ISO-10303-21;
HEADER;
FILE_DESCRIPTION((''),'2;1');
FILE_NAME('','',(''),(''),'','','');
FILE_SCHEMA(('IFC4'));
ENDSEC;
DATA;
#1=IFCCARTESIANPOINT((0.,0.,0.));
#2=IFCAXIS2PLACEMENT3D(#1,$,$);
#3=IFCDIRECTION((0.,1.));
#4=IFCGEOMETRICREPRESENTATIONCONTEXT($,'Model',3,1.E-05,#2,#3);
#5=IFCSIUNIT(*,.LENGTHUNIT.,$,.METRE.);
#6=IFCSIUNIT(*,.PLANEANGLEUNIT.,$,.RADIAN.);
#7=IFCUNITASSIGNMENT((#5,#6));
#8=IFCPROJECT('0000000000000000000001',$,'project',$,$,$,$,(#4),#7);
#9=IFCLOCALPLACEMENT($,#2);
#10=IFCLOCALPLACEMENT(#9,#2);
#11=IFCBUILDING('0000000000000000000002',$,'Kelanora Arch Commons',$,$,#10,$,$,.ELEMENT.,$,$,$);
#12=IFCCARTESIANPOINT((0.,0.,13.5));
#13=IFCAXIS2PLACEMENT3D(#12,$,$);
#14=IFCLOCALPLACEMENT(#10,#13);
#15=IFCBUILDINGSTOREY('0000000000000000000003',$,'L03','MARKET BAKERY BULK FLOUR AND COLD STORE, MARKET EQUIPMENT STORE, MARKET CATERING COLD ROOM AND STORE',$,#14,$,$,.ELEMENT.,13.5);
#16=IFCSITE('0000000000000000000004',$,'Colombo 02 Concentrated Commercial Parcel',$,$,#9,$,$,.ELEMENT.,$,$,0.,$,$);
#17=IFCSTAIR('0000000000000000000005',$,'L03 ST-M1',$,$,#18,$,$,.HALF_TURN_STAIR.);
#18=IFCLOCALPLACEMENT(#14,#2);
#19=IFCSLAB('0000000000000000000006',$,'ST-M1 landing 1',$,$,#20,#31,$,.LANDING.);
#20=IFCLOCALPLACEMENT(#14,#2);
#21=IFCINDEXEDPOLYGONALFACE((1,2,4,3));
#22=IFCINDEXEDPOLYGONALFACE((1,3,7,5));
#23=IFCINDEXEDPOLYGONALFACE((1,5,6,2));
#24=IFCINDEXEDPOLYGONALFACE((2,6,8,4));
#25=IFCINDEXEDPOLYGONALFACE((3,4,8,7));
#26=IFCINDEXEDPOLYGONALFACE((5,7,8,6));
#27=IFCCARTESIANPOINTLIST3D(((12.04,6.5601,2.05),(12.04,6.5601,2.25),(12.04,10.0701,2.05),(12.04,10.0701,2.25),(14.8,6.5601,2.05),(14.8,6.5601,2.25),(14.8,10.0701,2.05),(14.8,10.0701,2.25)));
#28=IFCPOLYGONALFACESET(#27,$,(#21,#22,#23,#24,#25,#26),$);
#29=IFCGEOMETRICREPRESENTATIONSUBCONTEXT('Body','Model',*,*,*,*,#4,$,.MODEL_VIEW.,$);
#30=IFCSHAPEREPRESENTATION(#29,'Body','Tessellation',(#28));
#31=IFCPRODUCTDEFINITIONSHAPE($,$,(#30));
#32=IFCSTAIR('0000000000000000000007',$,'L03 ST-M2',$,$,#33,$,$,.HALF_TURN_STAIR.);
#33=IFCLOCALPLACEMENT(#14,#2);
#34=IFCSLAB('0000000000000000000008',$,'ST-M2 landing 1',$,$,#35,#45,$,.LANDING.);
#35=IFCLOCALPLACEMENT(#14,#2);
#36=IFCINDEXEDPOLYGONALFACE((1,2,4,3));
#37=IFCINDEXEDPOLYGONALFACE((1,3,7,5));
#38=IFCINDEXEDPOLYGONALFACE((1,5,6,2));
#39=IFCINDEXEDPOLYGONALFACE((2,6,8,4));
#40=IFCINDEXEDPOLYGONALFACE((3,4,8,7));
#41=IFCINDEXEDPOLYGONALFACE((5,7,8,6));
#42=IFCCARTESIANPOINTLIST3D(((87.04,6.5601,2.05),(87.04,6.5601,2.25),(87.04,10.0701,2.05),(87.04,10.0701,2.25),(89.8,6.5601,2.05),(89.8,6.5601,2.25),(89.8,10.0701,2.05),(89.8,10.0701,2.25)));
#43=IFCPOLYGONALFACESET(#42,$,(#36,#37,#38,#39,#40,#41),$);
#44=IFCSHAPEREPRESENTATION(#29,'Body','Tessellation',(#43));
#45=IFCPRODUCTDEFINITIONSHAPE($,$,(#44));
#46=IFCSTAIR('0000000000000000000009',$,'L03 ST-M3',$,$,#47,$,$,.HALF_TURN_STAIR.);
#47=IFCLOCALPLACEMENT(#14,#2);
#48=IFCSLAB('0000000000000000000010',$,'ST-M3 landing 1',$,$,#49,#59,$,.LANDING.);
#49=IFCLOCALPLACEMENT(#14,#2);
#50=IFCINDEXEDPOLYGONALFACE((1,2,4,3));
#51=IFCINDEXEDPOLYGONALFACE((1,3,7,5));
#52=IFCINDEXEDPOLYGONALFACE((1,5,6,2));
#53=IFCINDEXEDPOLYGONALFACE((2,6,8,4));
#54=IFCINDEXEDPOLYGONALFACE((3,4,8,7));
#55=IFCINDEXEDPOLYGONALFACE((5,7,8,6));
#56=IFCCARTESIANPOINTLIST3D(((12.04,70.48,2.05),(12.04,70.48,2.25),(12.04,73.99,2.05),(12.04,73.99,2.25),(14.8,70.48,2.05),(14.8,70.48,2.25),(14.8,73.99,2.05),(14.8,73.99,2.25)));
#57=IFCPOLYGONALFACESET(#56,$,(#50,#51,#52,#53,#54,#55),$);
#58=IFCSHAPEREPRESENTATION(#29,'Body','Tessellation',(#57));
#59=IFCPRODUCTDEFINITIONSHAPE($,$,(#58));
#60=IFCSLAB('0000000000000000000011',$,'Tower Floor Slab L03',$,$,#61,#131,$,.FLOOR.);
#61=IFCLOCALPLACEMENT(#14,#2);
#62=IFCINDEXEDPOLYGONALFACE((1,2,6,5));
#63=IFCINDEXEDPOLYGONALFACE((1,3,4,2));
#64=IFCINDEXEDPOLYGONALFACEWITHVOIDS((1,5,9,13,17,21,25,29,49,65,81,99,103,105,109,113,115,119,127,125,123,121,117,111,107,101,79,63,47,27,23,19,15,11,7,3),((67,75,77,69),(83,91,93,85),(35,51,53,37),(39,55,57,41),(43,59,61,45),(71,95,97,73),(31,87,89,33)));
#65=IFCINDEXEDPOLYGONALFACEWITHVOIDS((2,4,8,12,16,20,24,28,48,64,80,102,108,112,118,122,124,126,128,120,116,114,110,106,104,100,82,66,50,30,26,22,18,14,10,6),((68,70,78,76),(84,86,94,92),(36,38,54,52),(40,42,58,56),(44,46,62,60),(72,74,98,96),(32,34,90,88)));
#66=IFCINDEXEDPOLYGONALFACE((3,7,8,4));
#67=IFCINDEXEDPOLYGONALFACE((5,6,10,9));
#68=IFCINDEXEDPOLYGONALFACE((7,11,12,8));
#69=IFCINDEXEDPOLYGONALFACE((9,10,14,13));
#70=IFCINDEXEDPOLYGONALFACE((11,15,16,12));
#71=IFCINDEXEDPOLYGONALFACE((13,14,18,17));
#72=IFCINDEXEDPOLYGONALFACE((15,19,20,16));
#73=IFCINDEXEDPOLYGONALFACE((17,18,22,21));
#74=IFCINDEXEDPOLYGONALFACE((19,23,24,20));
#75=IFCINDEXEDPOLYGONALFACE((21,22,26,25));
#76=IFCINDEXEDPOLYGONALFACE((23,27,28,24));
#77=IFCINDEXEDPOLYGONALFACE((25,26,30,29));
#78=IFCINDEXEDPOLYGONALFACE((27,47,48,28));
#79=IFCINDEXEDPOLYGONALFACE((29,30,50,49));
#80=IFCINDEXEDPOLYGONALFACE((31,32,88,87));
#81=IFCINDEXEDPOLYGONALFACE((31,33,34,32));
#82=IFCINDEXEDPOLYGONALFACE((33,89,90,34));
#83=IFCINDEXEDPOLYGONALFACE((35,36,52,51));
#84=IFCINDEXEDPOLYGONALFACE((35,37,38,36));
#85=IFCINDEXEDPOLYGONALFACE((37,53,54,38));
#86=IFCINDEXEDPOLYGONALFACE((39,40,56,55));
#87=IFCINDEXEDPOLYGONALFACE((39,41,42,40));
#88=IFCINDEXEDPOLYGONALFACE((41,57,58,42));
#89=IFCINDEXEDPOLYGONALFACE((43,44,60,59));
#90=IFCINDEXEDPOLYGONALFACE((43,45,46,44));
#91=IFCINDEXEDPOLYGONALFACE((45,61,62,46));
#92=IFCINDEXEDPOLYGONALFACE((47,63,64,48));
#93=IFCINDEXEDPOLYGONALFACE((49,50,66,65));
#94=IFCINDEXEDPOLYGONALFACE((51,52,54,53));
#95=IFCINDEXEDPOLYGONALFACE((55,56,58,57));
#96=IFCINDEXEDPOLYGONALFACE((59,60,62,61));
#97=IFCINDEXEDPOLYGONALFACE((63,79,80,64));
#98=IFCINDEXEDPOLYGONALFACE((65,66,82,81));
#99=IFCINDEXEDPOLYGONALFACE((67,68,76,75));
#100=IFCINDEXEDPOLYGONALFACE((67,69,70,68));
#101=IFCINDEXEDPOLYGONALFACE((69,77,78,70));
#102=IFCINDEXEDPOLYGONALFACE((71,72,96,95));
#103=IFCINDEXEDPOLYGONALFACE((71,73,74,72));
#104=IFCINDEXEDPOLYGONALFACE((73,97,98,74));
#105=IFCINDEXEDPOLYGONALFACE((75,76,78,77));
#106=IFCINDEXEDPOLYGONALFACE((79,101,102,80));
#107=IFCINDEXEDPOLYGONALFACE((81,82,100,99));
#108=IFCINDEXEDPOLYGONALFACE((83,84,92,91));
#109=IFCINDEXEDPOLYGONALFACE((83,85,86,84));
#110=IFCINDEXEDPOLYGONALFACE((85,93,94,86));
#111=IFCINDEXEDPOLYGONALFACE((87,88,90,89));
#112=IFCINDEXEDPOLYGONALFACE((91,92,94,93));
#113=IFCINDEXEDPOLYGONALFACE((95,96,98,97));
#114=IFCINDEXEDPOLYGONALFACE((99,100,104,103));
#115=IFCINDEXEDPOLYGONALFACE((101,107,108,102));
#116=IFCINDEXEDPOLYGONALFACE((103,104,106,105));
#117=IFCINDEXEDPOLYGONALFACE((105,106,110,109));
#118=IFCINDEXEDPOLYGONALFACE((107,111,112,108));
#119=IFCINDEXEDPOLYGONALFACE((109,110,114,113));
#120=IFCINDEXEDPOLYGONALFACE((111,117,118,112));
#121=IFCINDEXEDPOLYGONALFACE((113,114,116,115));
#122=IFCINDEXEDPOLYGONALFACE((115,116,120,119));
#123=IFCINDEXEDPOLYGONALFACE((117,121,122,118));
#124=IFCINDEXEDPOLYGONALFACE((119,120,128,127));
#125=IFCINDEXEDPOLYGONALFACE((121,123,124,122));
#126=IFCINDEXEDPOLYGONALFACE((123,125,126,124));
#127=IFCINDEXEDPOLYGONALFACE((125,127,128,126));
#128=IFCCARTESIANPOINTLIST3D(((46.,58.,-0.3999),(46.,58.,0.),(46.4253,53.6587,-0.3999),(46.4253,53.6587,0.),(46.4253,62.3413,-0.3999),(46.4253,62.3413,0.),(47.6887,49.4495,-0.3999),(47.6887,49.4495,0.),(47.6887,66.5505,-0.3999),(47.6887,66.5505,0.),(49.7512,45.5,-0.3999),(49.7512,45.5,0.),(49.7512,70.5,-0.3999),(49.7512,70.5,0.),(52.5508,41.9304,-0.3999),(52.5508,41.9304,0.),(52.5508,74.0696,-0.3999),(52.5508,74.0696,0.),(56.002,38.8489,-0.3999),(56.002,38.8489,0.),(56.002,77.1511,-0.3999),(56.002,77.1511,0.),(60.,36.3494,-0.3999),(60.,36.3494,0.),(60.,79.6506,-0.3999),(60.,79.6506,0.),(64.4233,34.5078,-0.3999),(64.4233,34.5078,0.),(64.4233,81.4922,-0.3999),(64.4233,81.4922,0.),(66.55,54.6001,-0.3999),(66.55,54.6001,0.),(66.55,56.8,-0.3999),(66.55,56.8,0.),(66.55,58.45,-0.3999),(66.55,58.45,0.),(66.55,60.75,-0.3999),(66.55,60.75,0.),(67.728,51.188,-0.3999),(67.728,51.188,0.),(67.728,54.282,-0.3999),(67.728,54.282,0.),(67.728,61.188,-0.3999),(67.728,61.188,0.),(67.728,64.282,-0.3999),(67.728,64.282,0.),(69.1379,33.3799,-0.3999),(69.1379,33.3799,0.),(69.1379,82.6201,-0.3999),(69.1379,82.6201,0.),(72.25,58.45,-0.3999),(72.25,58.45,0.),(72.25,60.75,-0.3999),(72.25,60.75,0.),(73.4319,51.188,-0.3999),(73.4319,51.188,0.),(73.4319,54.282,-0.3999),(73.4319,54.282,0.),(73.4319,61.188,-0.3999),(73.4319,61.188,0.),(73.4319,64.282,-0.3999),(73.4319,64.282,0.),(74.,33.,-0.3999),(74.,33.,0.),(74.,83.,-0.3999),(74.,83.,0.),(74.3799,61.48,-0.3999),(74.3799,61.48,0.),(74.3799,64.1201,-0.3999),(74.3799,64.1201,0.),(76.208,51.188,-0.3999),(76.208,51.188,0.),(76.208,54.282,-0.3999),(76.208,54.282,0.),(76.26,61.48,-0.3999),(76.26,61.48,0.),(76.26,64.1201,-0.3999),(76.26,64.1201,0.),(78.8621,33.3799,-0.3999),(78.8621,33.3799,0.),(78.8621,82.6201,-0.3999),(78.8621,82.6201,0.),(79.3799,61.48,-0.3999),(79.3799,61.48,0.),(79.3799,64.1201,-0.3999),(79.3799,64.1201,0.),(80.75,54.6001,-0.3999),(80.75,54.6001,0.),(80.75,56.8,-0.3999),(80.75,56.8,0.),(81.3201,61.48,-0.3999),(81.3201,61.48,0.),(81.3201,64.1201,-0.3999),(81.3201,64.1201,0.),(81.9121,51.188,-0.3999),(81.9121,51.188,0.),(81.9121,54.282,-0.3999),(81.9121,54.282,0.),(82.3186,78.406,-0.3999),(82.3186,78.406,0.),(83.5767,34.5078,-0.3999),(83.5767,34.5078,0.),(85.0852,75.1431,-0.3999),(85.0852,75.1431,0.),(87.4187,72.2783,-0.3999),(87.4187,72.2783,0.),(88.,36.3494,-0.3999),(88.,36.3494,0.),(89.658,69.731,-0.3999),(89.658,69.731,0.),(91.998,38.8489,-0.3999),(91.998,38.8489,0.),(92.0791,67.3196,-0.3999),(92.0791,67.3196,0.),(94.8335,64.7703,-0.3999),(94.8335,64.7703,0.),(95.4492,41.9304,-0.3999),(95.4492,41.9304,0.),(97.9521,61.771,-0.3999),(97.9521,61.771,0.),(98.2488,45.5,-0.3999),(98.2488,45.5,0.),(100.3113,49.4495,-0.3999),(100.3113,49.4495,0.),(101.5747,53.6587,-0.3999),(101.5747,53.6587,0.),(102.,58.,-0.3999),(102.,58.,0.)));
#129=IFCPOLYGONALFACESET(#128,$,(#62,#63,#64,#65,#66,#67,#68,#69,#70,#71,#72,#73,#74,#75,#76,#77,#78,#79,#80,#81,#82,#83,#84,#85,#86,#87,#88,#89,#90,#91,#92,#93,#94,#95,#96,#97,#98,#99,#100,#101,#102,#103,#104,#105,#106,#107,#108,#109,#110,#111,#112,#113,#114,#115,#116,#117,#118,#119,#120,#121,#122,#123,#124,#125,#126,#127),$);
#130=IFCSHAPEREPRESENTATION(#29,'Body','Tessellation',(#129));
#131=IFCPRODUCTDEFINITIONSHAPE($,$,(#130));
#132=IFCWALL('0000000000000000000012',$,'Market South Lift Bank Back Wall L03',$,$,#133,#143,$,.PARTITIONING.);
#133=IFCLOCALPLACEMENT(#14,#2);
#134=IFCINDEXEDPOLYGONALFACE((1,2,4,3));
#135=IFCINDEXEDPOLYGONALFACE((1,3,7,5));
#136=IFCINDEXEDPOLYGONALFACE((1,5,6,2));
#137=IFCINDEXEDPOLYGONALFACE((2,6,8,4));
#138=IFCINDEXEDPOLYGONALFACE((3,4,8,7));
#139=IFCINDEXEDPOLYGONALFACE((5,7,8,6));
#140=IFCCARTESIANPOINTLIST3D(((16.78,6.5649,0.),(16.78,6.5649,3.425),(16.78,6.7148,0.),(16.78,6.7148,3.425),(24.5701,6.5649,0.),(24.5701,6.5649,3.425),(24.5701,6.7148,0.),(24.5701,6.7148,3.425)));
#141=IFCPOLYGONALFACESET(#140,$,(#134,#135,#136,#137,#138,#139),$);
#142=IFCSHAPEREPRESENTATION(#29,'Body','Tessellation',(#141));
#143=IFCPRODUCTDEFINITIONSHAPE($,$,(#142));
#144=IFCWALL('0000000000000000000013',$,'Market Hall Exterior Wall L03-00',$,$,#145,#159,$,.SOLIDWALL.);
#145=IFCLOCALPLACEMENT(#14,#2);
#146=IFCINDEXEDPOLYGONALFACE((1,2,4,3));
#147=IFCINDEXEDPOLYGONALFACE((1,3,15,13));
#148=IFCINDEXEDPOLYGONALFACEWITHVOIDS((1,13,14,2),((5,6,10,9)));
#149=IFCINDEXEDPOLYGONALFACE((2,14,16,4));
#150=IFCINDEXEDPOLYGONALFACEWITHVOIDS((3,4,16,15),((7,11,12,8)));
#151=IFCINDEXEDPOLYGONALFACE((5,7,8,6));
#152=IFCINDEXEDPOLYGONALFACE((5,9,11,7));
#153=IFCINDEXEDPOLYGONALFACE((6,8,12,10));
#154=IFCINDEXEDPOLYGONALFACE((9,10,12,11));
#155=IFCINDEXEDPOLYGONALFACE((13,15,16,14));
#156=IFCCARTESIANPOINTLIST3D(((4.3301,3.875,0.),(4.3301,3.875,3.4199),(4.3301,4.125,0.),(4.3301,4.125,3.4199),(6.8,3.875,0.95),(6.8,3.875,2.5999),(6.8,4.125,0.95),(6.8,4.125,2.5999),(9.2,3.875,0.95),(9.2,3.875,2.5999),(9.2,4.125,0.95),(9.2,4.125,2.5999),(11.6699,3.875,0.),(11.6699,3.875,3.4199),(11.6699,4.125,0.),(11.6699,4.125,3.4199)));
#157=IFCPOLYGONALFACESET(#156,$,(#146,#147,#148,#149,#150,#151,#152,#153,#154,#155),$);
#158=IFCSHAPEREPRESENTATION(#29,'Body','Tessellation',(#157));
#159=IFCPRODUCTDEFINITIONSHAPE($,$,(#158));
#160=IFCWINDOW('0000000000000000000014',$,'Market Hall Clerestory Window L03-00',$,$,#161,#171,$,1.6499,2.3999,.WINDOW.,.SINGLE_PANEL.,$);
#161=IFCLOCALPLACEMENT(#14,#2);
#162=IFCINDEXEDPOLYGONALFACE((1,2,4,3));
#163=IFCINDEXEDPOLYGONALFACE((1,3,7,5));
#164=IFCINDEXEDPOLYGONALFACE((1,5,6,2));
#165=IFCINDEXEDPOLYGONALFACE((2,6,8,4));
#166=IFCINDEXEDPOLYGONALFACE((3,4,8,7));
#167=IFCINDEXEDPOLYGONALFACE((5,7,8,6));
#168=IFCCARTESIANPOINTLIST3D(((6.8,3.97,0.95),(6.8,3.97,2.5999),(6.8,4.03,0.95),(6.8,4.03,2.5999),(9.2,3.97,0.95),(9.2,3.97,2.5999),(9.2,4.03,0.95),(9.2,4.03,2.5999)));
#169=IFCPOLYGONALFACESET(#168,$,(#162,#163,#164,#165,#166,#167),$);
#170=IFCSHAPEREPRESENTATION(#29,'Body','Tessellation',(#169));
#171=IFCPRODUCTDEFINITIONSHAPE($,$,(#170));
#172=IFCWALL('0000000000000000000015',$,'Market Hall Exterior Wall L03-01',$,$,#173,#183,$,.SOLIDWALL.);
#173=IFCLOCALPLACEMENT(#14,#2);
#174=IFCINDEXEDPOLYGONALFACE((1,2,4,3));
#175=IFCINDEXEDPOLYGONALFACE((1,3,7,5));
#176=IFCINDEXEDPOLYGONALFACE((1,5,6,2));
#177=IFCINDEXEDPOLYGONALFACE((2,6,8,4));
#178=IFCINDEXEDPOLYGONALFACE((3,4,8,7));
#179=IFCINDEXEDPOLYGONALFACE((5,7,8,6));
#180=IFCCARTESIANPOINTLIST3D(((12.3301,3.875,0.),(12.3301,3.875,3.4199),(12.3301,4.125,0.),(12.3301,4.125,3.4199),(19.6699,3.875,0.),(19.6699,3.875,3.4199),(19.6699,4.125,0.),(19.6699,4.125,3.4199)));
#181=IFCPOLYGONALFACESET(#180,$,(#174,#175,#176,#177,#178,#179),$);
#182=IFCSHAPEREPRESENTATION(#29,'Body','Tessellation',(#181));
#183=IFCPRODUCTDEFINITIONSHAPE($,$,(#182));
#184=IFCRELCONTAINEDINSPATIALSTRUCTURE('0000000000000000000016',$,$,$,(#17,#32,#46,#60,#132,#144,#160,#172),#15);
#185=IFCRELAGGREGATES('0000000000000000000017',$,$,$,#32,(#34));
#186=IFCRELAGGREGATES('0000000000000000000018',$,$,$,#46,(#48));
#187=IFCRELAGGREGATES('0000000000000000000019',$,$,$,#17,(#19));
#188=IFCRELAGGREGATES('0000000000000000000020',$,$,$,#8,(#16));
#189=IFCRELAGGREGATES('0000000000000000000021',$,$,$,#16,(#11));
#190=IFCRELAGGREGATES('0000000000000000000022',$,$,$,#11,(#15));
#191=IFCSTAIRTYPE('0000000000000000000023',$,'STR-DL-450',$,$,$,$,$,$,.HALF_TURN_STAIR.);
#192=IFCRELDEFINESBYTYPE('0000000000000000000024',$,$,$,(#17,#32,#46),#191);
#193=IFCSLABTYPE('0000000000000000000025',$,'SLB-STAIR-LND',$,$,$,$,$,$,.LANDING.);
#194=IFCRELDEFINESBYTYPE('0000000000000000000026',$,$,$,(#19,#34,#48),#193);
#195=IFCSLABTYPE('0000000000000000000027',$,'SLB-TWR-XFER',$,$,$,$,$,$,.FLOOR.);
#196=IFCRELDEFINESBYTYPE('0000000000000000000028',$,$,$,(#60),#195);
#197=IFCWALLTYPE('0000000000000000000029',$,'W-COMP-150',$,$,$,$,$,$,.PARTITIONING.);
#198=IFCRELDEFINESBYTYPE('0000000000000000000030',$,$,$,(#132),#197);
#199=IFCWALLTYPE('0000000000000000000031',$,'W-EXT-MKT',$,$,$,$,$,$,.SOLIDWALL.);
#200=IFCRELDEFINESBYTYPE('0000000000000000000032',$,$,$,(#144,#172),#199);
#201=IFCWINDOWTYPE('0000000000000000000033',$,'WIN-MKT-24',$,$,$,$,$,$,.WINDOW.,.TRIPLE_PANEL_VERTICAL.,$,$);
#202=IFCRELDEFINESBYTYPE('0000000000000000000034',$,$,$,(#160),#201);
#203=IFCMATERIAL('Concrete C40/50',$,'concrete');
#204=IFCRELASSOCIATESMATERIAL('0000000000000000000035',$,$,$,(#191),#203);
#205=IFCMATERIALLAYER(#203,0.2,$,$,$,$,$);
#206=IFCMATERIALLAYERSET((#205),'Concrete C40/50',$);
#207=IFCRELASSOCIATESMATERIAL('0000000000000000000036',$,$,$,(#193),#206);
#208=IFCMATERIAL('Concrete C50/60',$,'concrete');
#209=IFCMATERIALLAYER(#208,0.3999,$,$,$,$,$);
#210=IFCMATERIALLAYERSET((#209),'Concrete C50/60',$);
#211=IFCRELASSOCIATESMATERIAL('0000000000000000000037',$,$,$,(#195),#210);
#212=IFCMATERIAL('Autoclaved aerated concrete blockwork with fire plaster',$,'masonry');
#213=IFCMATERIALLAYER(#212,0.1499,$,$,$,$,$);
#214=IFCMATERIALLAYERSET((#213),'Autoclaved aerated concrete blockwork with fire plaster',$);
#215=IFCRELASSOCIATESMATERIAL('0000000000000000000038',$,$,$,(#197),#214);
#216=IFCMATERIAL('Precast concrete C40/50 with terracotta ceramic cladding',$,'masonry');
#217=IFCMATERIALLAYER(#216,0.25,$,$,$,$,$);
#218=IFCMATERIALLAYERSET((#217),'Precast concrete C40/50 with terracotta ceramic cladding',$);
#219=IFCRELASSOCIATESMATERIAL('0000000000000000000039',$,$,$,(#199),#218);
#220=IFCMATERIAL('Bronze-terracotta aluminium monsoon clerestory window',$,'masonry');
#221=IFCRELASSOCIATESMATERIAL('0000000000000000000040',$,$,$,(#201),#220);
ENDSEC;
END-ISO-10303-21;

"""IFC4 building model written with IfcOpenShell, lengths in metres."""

from ifc_helpers import new_model, si_unit, direction, frame, frame_2d, origin, place, context, subcontext, project, spatial, polyline, rectangle, outline, extrude, material, layer, layer_set, type_object, element, fill, aggregate, save


model = new_model("IFC4")

# Units and contexts
model_context = context("Model", 3, precision=1e-05, world=origin(), true_north=direction((0.0, 1.0)))
body_context = subcontext(model_context, "Body", "Model", "MODEL_VIEW")
ifc_project = project(units=[si_unit("LENGTHUNIT", "METRE"), si_unit("PLANEANGLEUNIT", "RADIAN")], contexts=[model_context])

# Site, building, storey
site_placement = place(None, origin())
site = spatial("IfcSite", under=ifc_project, at=site_placement, Name="Colombo 02 Concentrated Commercial Parcel", CompositionType="ELEMENT", RefElevation=0.0)
building_placement = place(site_placement, origin())
building = spatial("IfcBuilding", under=site, at=building_placement, Name="Kelanora Arch Commons", CompositionType="ELEMENT")
storey_placement = place(building_placement, frame((0.0, 0.0, 13.5)))
storey = spatial("IfcBuildingStorey", under=building, at=storey_placement, Name="L03", Description="MARKET BAKERY BULK FLOUR AND COLD STORE, MARKET EQUIPMENT STORE, MARKET CATERING COLD ROOM AND STORE", CompositionType="ELEMENT", Elevation=13.5)

# Shared definitions
ifc_material_1 = material(Name="Concrete C50/60", Category="concrete")

# Shared definitions
ifc_material_2 = material(Name="Concrete C40/50", Category="concrete")

# Stairs, slabs
stair_type = type_object("IfcStairType", Name="STR-DL-450", PredefinedType="HALF_TURN_STAIR", material=ifc_material_2)
ifc_layer_1 = layer(ifc_material_2, 0.2)
ifc_layer_set_1 = layer_set([ifc_layer_1], Name="Concrete C40/50")
slab_type_1 = type_object("IfcSlabType", Name="SLB-STAIR-LND", PredefinedType="LANDING", material=ifc_layer_set_1)
stair_1_placement = place(storey_placement, origin())
stair_1 = element("IfcStair", 1, at=stair_1_placement, inside=storey, type_object=stair_type, Name="L03 ST-M1", PredefinedType="HALF_TURN_STAIR")
slab_1_placement = place(storey_placement, frame((0.0, 0.0, 2.05)))
slab_1 = element("IfcSlab", 2, at=slab_1_placement, type_object=slab_type_1, Name="ST-M1 landing 1", PredefinedType="LANDING", context=body_context, shape_type="SweptSolid", body=[
    extrude(outline(polyline([(12.04, 6.5601), (14.8, 6.5601), (14.8, 10.0701), (12.04, 10.0701), (12.04, 6.5601)])), origin(), (0.0, 0.0, 1.0), 0.2),
])
stair_2_placement = place(storey_placement, origin())
stair_2 = element("IfcStair", 3, at=stair_2_placement, inside=storey, type_object=stair_type, Name="L03 ST-M2", PredefinedType="HALF_TURN_STAIR")
slab_2_placement = place(storey_placement, frame((0.0, 0.0, 2.05)))
slab_2 = element("IfcSlab", 4, at=slab_2_placement, type_object=slab_type_1, Name="ST-M2 landing 1", PredefinedType="LANDING", context=body_context, shape_type="SweptSolid", body=[
    extrude(outline(polyline([(87.04, 6.5601), (89.8, 6.5601), (89.8, 10.0701), (87.04, 10.0701), (87.04, 6.5601)])), origin(), (0.0, 0.0, 1.0), 0.2),
])
aggregate(stair_2, [slab_2])
stair_3_placement = place(storey_placement, origin())
stair_3 = element("IfcStair", 5, at=stair_3_placement, inside=storey, type_object=stair_type, Name="L03 ST-M3", PredefinedType="HALF_TURN_STAIR")
slab_3_placement = place(storey_placement, frame((0.0, 0.0, 2.05)))
slab_3 = element("IfcSlab", 6, at=slab_3_placement, type_object=slab_type_1, Name="ST-M3 landing 1", PredefinedType="LANDING", context=body_context, shape_type="SweptSolid", body=[
    extrude(outline(polyline([(12.04, 70.48), (14.8, 70.48), (14.8, 73.99), (12.04, 73.99), (12.04, 70.48)])), origin(), (0.0, 0.0, 1.0), 0.2),
])
aggregate(stair_3, [slab_3])

# Slab
ifc_layer_2 = layer(ifc_material_1, 0.3999)
ifc_layer_set_2 = layer_set([ifc_layer_2], Name="Concrete C50/60")
slab_type_2 = type_object("IfcSlabType", Name="SLB-TWR-XFER", PredefinedType="FLOOR", material=ifc_layer_set_2)
slab_4_placement = place(storey_placement, frame((0.0, 0.0, -0.3999)))
element("IfcSlab", 7, at=slab_4_placement, inside=storey, type_object=slab_type_2, Name="Tower Floor Slab L03", PredefinedType="FLOOR", context=body_context, shape_type="SweptSolid", body=[
    extrude(outline(polyline([(102.0, 58.0), (97.9521, 61.771), (94.8335, 64.7703), (92.0791, 67.3196), (89.658, 69.731), (87.4187, 72.2783), (85.0852, 75.1431), (82.3186, 78.406), (78.8621, 82.6201), (74.0, 83.0), (69.1379, 82.6201), (64.4233, 81.4922), (60.0, 79.6506), (56.002, 77.1511), (52.5508, 74.0696), (49.7512, 70.5), (47.6887, 66.5505), (46.4253, 62.3413), (46.0, 58.0), (46.4253, 53.6587), (47.6887, 49.4495), (49.7512, 45.5), (52.5508, 41.9304), (56.002, 38.8489), (60.0, 36.3494), (64.4233, 34.5078), (69.1379, 33.3799), (74.0, 33.0), (78.8621, 33.3799), (83.5767, 34.5078), (88.0, 36.3494), (91.998, 38.8489), (95.4492, 41.9304), (98.2488, 45.5), (100.3113, 49.4495), (101.5747, 53.6587), (102.0, 58.0)]), holes=[polyline([(73.4319, 51.188), (67.728, 51.188), (67.728, 54.282), (73.4319, 54.282), (73.4319, 51.188)]), polyline([(76.208, 51.188), (76.208, 54.282), (81.9121, 54.282), (81.9121, 51.188), (76.208, 51.188)]), polyline([(66.55, 54.6001), (66.55, 56.8), (80.75, 56.8), (80.75, 54.6001), (66.55, 54.6001)]), polyline([(66.55, 58.45), (66.55, 60.75), (72.25, 60.75), (72.25, 58.45), (66.55, 58.45)]), polyline([(67.728, 61.188), (67.728, 64.282), (73.4319, 64.282), (73.4319, 61.188), (67.728, 61.188)]), polyline([(74.3799, 61.48), (74.3799, 64.1201), (76.26, 64.1201), (76.26, 61.48), (74.3799, 61.48)]), polyline([(79.3799, 61.48), (79.3799, 64.1201), (81.3201, 64.1201), (81.3201, 61.48), (79.3799, 61.48)])]), origin(), (0.0, 0.0, 1.0), 0.3999),
])

# Wall
ifc_material_3 = material(Name="Autoclaved aerated concrete blockwork with fire plaster", Category="masonry")
ifc_layer_3 = layer(ifc_material_3, 0.1499)
ifc_layer_set_3 = layer_set([ifc_layer_3], Name="Autoclaved aerated concrete blockwork with fire plaster")
wall_type_1 = type_object("IfcWallType", Name="W-COMP-150", PredefinedType="PARTITIONING", material=ifc_layer_set_3)
wall_1_placement = place(storey_placement, frame((16.78, 6.6399, 0.0), z_axis=(0.0, 0.0, 1.0), x_axis=(1.0, 0.0, 0.0)))
element("IfcWall", 8, at=wall_1_placement, inside=storey, type_object=wall_type_1, Name="Market South Lift Bank Back Wall L03", PredefinedType="PARTITIONING", context=body_context, shape_type="SweptSolid", body=[
    extrude(rectangle(XDim=7.79, YDim=0.1499, at=frame_2d((3.895, 0.0))), origin(), (0.0, 0.0, 1.0), 3.425),
])

# Wall, opening, window
ifc_material_4 = material(Name="Precast concrete C40/50 with terracotta ceramic cladding", Category="masonry")
ifc_layer_4 = layer(ifc_material_4, 0.25)
ifc_layer_set_4 = layer_set([ifc_layer_4], Name="Precast concrete C40/50 with terracotta ceramic cladding")
wall_type_2 = type_object("IfcWallType", Name="W-EXT-MKT", PredefinedType="SOLIDWALL", material=ifc_layer_set_4)
wall_2_placement = place(storey_placement, frame((4.3301, 4.0, 0.0), z_axis=(0.0, 0.0, 1.0), x_axis=(1.0, 0.0, 0.0)))
wall_2 = element("IfcWall", 9, at=wall_2_placement, inside=storey, type_object=wall_type_2, Name="Market Hall Exterior Wall L03-00", PredefinedType="SOLIDWALL", context=body_context, shape_type="SweptSolid", body=[
    extrude(rectangle(XDim=7.3398, YDim=0.25, at=frame_2d((3.6699, 0.0))), origin(), (0.0, 0.0, 1.0), 3.4199),
])
opening_placement = place(wall_2_placement, frame((2.47, 0.0, 0.95)))
opening = element("IfcOpeningElement", 10, at=opening_placement, cuts=wall_2, PredefinedType="OPENING", context=body_context, shape_type="SweptSolid", body=[
    extrude(rectangle(XDim=2.3999, YDim=1.6499, at=frame_2d((1.2, 0.825))), frame((0.0, 0.135, 0.0), z_axis=(0.0, -1.0, 0.0), x_axis=(1.0, 0.0, 0.0)), (0.0, 0.0, 1.0), 0.27),
])
ifc_material_5 = material(Name="Bronze-terracotta aluminium monsoon clerestory window", Category="masonry")
window_type = type_object("IfcWindowType", Name="WIN-MKT-24", PartitioningType="TRIPLE_PANEL_VERTICAL", PredefinedType="WINDOW", material=ifc_material_5)
window_placement = place(opening_placement, origin())
window = element("IfcWindow", 11, at=window_placement, inside=storey, type_object=window_type, Name="Market Hall Clerestory Window L03-00", OverallHeight=1.6499, OverallWidth=2.3999, PartitioningType="SINGLE_PANEL", PredefinedType="WINDOW", context=body_context, shape_type="SweptSolid", body=[
    extrude(rectangle(XDim=2.3999, YDim=1.6499, at=frame_2d((1.2, 0.825))), frame((0.0, 0.03, 0.0), z_axis=(0.0, -1.0, 0.0), x_axis=(1.0, 0.0, 0.0)), (0.0, 0.0, 1.0), 0.0601),
])
fill(opening, window)

# Wall
wall_3_placement = place(storey_placement, frame((12.3301, 4.0, 0.0), z_axis=(0.0, 0.0, 1.0), x_axis=(1.0, 0.0, 0.0)))
element("IfcWall", 12, at=wall_3_placement, inside=storey, type_object=wall_type_2, Name="Market Hall Exterior Wall L03-01", PredefinedType="SOLIDWALL", context=body_context, shape_type="SweptSolid", body=[
    extrude(rectangle(XDim=7.3398, YDim=0.25, at=frame_2d((3.6699, 0.0))), origin(), (0.0, 0.0, 1.0), 3.4199),
])

aggregate(stair_1, [slab_1])

save(model, "model.ifc")
